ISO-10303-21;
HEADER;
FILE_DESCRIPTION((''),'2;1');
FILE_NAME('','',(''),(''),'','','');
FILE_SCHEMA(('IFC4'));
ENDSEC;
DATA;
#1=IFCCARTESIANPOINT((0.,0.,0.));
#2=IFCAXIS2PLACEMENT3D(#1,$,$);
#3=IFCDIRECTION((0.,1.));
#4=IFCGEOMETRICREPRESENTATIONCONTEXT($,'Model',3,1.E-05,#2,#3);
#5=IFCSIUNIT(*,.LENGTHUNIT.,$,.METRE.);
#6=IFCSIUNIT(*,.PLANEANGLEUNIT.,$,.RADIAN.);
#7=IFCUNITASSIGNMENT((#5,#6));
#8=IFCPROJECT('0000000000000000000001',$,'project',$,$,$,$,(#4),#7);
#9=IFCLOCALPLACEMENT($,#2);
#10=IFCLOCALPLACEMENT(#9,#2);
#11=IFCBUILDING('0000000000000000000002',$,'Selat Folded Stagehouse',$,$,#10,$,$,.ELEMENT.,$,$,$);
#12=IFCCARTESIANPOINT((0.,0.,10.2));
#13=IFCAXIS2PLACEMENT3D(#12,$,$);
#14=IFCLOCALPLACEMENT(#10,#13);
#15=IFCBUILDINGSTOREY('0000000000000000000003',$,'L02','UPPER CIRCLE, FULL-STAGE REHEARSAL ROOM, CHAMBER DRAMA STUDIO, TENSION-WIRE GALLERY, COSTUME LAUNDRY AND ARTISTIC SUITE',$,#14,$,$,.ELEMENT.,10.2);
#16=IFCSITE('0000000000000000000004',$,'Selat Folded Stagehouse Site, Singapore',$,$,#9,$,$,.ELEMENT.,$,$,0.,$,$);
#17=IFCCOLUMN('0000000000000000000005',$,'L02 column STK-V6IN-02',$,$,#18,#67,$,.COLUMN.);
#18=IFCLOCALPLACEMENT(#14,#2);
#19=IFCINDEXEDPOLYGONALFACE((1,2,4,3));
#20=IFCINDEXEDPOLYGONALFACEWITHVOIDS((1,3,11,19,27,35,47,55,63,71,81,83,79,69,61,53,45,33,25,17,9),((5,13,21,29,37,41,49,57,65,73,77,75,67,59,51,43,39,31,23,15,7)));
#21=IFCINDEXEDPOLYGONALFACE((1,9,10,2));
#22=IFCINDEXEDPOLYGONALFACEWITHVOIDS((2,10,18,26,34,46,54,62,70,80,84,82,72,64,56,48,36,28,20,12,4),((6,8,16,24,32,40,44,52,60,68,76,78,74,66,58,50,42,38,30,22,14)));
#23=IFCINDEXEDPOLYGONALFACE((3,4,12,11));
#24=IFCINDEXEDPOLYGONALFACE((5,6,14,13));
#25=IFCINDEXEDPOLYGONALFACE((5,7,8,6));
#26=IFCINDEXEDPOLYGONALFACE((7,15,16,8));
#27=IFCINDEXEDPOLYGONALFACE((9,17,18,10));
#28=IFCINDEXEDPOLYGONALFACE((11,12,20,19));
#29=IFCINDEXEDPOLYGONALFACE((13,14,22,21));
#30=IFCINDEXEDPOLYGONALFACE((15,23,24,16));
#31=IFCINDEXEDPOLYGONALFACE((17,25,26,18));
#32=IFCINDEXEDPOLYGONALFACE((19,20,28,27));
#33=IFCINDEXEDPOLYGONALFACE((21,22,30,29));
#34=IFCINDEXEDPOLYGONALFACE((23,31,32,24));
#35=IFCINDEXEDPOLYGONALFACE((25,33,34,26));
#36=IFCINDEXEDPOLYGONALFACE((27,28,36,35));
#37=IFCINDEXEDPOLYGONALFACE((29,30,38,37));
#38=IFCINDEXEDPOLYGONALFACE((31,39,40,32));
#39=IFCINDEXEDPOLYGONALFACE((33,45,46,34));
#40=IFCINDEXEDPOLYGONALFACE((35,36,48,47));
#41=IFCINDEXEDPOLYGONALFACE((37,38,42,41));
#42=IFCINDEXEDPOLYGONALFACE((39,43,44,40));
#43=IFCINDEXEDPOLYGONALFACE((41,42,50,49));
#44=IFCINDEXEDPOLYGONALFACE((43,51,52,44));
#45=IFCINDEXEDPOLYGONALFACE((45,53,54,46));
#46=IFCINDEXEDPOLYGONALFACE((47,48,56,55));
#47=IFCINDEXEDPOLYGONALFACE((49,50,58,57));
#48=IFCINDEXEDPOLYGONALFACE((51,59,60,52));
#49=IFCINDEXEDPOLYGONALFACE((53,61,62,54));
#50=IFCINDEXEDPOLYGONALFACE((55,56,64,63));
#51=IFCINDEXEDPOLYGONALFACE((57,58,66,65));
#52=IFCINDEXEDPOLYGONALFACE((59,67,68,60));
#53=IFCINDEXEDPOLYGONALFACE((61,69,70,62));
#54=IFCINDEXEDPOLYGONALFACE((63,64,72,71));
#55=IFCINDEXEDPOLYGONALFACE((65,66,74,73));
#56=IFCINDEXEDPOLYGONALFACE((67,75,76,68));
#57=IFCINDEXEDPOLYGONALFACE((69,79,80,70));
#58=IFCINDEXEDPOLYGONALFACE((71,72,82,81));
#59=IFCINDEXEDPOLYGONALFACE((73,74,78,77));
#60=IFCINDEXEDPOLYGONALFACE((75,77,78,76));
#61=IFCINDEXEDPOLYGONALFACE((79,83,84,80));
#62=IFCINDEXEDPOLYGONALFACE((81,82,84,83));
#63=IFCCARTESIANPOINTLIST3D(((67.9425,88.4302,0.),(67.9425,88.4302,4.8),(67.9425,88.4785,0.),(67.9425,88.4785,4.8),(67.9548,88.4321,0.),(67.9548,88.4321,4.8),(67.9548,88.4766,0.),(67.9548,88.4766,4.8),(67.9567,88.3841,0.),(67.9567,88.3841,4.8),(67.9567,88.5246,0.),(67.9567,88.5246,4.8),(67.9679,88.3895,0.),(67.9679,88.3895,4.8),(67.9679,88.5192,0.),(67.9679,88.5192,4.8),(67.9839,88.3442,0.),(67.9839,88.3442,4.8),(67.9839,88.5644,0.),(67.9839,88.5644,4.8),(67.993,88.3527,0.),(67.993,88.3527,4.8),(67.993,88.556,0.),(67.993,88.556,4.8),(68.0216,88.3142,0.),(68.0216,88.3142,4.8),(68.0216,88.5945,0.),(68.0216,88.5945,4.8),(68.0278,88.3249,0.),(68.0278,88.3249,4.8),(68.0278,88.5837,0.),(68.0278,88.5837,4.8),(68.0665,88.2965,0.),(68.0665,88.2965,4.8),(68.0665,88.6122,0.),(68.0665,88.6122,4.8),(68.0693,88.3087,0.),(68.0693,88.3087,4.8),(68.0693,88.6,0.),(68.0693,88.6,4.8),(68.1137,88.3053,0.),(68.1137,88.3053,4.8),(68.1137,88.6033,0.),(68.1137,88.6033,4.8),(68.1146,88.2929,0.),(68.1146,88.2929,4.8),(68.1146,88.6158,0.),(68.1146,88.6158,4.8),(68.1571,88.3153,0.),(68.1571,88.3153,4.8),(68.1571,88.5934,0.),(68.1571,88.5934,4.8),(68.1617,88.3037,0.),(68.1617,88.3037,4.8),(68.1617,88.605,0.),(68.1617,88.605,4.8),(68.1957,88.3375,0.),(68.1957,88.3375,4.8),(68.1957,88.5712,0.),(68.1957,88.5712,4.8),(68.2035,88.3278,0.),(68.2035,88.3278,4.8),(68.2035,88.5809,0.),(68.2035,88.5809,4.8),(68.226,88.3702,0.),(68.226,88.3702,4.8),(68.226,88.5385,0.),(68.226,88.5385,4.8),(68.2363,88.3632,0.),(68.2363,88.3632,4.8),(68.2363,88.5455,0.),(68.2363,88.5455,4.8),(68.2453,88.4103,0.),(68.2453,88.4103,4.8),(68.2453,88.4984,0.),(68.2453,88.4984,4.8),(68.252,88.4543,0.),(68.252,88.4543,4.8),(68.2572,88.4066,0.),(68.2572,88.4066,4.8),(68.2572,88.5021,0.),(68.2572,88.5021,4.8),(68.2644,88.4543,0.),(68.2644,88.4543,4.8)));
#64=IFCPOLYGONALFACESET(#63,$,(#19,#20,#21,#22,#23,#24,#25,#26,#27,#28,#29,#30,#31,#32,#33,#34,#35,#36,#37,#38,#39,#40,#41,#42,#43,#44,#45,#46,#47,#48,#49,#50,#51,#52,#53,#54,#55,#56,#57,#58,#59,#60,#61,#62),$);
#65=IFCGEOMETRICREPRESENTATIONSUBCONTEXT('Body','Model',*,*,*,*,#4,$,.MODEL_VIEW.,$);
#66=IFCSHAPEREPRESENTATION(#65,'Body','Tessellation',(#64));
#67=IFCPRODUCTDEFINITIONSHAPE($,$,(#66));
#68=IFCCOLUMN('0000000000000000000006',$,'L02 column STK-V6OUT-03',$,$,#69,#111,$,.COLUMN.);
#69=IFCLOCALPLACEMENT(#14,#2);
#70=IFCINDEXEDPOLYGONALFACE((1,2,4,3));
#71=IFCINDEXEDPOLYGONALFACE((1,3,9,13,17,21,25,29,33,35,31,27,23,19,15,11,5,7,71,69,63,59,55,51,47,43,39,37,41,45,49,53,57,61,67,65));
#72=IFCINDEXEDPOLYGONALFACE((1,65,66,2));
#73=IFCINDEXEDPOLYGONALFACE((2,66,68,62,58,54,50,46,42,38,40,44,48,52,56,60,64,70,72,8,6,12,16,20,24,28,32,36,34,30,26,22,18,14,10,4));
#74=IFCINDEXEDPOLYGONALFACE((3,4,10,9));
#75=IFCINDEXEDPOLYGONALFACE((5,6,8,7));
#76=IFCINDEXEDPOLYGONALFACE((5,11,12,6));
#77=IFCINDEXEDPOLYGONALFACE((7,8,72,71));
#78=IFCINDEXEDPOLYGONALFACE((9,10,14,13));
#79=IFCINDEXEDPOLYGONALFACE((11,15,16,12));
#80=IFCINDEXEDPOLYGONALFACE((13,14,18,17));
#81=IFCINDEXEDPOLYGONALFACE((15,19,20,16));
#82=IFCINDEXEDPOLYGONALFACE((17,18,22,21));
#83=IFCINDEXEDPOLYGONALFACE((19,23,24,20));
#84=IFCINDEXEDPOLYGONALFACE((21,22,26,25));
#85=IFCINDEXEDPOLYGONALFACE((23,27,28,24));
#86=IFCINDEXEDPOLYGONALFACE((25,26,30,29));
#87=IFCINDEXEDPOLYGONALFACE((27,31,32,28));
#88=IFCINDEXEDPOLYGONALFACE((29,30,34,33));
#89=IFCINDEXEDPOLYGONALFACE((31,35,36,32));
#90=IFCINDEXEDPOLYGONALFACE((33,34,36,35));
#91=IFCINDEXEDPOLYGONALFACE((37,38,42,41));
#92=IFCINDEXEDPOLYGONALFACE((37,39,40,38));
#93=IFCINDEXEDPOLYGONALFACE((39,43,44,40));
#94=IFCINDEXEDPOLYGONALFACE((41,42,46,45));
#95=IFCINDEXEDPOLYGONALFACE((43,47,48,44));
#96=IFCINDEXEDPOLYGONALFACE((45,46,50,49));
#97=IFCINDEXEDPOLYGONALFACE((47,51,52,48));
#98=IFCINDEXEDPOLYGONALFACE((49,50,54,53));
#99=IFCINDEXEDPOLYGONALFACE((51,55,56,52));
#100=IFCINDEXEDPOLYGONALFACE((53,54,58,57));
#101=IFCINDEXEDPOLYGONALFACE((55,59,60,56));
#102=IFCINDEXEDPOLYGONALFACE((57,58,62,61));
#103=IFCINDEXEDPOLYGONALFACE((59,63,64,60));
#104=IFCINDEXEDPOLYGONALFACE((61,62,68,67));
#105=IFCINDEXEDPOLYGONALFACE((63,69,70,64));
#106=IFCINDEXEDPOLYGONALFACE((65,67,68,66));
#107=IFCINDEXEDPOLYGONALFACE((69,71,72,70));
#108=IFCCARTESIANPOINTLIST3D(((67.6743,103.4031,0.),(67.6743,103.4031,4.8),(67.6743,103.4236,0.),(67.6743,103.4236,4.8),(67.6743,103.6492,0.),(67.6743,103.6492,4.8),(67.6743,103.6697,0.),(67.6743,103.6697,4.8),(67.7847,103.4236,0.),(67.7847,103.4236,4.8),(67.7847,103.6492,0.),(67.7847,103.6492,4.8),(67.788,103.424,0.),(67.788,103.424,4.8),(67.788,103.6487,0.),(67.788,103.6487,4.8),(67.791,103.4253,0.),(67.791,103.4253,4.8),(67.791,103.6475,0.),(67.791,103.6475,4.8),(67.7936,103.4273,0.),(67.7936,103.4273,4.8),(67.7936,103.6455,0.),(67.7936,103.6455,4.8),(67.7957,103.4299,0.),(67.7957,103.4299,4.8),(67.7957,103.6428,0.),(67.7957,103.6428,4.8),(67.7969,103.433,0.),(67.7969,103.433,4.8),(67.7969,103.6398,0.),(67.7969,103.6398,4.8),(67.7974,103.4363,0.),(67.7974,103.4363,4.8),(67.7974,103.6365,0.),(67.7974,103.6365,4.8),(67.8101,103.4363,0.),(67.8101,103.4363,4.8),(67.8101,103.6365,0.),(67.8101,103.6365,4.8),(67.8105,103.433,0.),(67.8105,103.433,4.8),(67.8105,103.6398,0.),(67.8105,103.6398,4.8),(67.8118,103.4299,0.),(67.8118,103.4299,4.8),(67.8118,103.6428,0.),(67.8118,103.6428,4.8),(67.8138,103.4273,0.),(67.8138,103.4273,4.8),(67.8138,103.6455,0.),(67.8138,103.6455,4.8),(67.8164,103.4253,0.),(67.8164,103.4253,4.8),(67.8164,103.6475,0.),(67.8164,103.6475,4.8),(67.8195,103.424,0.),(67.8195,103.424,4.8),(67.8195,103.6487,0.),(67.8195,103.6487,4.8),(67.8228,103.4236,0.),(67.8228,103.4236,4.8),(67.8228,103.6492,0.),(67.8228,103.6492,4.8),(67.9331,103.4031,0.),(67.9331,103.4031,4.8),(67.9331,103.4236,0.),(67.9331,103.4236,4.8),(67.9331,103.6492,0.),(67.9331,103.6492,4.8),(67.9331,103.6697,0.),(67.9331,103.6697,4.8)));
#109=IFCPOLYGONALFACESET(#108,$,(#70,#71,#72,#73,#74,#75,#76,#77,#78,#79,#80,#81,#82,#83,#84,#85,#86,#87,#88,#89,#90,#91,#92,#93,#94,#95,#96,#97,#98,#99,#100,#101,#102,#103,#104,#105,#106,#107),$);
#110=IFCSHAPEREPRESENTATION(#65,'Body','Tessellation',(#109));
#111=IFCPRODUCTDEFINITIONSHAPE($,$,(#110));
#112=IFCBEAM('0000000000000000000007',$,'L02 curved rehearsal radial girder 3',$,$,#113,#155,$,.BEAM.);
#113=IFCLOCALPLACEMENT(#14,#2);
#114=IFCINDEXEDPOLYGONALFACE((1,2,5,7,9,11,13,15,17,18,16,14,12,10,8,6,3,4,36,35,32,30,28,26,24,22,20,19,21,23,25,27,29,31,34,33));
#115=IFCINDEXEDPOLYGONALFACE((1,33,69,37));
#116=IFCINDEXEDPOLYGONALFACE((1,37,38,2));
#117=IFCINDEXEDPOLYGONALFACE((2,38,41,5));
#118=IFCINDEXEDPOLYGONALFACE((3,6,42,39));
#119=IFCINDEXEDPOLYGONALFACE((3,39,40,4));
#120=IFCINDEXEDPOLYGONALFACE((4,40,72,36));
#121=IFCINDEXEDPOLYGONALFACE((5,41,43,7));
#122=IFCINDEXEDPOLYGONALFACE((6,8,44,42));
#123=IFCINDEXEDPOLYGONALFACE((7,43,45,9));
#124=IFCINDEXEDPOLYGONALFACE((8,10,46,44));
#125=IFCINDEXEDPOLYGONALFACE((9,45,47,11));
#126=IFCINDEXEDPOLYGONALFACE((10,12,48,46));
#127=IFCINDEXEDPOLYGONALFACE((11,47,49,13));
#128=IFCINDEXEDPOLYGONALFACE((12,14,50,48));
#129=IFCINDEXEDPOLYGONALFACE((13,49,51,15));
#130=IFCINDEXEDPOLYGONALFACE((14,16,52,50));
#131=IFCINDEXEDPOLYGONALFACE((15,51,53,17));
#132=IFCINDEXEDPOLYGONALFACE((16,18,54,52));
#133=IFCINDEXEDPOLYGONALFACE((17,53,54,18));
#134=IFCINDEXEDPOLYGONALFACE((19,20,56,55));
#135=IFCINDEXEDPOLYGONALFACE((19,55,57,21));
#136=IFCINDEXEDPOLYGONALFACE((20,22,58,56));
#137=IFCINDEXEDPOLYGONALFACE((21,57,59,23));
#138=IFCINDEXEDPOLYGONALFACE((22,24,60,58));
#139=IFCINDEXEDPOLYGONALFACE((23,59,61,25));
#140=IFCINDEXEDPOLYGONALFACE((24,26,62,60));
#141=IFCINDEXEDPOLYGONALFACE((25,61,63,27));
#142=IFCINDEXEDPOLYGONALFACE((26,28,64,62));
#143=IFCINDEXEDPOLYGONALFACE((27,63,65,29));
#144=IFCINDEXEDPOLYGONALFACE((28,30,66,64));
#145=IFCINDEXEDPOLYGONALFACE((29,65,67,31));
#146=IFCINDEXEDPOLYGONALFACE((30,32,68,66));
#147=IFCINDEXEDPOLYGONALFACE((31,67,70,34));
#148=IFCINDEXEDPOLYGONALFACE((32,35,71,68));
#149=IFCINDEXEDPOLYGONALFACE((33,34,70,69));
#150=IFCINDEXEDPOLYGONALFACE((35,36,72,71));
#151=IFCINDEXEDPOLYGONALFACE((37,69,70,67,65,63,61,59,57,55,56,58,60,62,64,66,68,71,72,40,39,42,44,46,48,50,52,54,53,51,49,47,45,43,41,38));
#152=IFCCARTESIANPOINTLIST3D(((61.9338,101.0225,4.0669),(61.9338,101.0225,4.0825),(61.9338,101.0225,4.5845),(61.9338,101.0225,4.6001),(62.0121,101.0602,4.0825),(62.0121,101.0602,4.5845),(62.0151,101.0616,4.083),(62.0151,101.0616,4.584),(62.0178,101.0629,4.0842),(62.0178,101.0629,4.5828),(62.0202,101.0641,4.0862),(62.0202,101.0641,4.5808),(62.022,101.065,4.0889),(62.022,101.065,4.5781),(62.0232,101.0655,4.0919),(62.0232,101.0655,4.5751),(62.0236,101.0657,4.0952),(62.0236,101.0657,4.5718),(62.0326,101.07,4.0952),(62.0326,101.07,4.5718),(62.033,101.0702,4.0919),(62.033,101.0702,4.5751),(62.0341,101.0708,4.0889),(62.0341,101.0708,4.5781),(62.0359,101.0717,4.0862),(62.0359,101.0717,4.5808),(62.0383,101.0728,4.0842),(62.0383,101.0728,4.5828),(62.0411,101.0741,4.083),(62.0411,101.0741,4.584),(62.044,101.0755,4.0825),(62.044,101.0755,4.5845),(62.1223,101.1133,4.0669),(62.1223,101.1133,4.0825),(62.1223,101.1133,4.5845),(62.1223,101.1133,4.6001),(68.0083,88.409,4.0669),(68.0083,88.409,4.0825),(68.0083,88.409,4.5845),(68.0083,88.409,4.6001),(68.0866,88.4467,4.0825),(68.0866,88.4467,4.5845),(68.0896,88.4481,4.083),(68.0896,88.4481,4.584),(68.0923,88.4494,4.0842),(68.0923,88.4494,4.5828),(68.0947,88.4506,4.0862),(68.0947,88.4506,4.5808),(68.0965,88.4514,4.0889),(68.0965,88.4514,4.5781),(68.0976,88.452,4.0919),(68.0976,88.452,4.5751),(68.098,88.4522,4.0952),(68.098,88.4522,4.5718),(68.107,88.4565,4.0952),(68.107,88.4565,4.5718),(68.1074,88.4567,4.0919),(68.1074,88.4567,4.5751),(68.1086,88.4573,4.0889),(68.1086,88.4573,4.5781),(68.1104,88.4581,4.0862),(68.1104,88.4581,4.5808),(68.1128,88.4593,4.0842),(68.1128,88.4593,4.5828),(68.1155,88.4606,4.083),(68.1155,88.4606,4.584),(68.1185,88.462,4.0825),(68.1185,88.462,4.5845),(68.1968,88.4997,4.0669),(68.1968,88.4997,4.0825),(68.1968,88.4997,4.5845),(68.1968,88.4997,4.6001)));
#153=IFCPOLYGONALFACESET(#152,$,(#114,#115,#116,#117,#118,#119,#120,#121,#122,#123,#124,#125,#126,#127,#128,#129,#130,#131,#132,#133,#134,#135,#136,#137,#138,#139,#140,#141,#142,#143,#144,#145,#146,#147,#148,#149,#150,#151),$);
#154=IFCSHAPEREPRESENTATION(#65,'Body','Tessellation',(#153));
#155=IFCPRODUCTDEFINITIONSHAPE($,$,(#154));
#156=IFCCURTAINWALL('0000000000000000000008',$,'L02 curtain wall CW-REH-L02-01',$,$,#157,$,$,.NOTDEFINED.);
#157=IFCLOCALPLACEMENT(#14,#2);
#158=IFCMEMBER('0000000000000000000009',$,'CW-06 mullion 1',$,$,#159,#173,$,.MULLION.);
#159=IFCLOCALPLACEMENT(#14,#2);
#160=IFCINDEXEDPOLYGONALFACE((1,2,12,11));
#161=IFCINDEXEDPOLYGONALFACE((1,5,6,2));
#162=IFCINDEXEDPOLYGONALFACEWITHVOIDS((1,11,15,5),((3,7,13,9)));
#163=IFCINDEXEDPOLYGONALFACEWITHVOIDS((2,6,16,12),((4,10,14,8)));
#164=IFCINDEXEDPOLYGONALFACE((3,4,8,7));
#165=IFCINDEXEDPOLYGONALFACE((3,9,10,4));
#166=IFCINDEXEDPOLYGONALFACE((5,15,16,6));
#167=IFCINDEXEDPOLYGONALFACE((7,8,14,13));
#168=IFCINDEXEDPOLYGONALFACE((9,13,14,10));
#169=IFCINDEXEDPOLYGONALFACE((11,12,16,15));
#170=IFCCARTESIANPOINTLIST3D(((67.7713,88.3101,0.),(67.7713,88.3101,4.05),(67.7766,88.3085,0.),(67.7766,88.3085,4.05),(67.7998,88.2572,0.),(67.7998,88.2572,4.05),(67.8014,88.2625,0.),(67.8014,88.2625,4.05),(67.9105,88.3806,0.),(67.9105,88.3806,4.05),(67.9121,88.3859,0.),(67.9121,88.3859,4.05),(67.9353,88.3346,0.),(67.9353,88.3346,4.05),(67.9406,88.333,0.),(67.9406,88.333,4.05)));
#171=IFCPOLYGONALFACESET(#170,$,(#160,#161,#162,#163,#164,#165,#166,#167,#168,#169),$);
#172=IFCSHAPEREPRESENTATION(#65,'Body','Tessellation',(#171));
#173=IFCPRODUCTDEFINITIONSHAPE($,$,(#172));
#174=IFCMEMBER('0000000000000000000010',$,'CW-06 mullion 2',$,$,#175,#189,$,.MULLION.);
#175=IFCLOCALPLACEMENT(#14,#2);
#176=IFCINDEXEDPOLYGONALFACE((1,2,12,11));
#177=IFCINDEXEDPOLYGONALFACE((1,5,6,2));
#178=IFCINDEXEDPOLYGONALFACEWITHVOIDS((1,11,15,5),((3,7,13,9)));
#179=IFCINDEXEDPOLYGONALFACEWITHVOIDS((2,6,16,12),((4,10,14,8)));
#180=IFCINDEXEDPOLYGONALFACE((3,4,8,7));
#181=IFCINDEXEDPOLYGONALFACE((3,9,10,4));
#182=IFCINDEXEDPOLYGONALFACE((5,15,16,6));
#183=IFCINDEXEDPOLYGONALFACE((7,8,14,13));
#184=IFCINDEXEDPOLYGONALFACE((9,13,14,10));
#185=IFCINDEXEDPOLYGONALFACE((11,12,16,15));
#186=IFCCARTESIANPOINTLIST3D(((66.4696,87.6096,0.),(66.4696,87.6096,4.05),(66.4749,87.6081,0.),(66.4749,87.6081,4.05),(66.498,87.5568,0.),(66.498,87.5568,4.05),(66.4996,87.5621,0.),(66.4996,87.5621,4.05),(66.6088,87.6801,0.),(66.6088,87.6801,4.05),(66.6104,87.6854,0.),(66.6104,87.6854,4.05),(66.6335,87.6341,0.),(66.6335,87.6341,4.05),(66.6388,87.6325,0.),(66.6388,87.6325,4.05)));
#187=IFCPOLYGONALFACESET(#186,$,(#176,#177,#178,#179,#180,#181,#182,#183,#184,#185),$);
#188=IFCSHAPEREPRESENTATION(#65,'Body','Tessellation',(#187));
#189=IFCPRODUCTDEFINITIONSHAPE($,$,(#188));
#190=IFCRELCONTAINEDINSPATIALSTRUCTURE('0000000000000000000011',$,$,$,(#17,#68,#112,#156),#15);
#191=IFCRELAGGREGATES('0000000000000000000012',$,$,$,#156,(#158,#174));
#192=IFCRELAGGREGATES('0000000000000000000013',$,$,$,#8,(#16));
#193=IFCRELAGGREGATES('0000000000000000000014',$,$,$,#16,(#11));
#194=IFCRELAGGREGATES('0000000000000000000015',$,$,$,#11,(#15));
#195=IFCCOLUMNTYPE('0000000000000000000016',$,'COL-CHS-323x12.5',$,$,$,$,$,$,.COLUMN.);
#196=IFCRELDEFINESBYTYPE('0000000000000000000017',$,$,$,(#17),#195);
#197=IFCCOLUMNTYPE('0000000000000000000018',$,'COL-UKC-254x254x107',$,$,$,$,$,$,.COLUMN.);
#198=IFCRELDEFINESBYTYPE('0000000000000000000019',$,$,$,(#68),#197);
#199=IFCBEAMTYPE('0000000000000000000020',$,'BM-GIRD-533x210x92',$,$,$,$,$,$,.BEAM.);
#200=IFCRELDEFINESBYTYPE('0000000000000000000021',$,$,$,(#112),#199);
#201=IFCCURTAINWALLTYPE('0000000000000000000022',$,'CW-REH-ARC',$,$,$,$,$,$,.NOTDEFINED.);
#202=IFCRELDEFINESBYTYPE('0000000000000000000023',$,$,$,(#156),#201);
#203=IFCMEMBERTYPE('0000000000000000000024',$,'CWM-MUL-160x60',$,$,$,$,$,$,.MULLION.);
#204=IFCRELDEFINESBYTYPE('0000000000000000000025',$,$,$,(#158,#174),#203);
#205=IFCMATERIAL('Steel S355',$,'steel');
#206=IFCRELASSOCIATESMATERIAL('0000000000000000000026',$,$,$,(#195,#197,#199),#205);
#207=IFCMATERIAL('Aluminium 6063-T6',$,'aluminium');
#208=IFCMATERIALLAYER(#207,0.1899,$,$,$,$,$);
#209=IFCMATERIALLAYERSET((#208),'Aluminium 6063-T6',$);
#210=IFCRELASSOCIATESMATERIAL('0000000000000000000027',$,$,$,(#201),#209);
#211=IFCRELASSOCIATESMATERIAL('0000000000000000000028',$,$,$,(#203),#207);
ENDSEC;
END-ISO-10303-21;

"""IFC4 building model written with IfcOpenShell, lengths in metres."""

from ifc_helpers import new_model, si_unit, direction, frame, origin, origin_2d, place, context, subcontext, project, spatial, hollow_rectangle, hollow_circle, i_section, extrude, material, layer, layer_set, material_profile, profile_set, type_object, element, aggregate, save


model = new_model("IFC4")

# Units and contexts
model_context = context("Model", 3, precision=1e-05, world=origin(), true_north=direction((0.0, 1.0)))
body_context = subcontext(model_context, "Body", "Model", "MODEL_VIEW")
ifc_project = project(units=[si_unit("LENGTHUNIT", "METRE"), si_unit("PLANEANGLEUNIT", "RADIAN")], contexts=[model_context])

# Site, building, storey
site_placement = place(None, origin())
site = spatial("IfcSite", under=ifc_project, at=site_placement, Name="Selat Folded Stagehouse Site, Singapore", CompositionType="ELEMENT", RefElevation=0.0)
building_placement = place(site_placement, origin())
building = spatial("IfcBuilding", under=site, at=building_placement, Name="Selat Folded Stagehouse", CompositionType="ELEMENT")
storey_placement = place(building_placement, frame((0.0, 0.0, 10.2)))
storey = spatial("IfcBuildingStorey", under=building, at=storey_placement, Name="L02", Description="UPPER CIRCLE, FULL-STAGE REHEARSAL ROOM, CHAMBER DRAMA STUDIO, TENSION-WIRE GALLERY, COSTUME LAUNDRY AND ARTISTIC SUITE", CompositionType="ELEMENT", Elevation=10.2)

# Columns
ifc_material_1 = material(Name="Steel S355", Category="steel")
ifc_material_profile_1 = material_profile(ifc_material_1, hollow_circle(Radius=0.1619, WallThickness=0.0125, at=origin_2d()), Name="CHS 323.9x12.5")
ifc_profile_set_1 = profile_set([ifc_material_profile_1], Name="Steel S355")
column_type_1 = type_object("IfcColumnType", Name="COL-CHS-323x12.5", PredefinedType="COLUMN", material=ifc_profile_set_1)
column_1_placement = place(storey_placement, frame((68.1025, 88.4543, 0.0), z_axis=(0.0, 0.0, 1.0), x_axis=(1.0, 0.0, 0.0)))
element("IfcColumn", 1, at=column_1_placement, inside=storey, type_object=column_type_1, Name="L02 column STK-V6IN-02", PredefinedType="COLUMN", context=body_context, shape_type="SweptSolid", body=[
    extrude(hollow_circle(Radius=0.1619, WallThickness=0.0125, at=origin_2d()), origin(), (0.0, 0.0, 1.0), 4.8),
])
ifc_material_profile_2 = material_profile(ifc_material_1, i_section(OverallWidth=0.2588, OverallDepth=0.2666, WebThickness=0.0127, FlangeThickness=0.0205, FilletRadius=0.0127, at=origin_2d()), Name="UKC 254x254x107")
ifc_profile_set_2 = profile_set([ifc_material_profile_2], Name="Steel S355")
column_type_2 = type_object("IfcColumnType", Name="COL-UKC-254x254x107", PredefinedType="COLUMN", material=ifc_profile_set_2)
column_2_placement = place(storey_placement, frame((67.8037, 103.5364, 0.0), z_axis=(0.0, 0.0, 1.0), x_axis=(1.0, 0.0, 0.0)))
element("IfcColumn", 2, at=column_2_placement, inside=storey, type_object=column_type_2, Name="L02 column STK-V6OUT-03", PredefinedType="COLUMN", context=body_context, shape_type="SweptSolid", body=[
    extrude(i_section(OverallWidth=0.2588, OverallDepth=0.2666, WebThickness=0.0127, FlangeThickness=0.0205, FilletRadius=0.0127, at=origin_2d()), origin(), (0.0, 0.0, 1.0), 4.8),
])

# Beam
ifc_material_profile_3 = material_profile(ifc_material_1, i_section(OverallWidth=0.2092, OverallDepth=0.5332, WebThickness=0.01, FlangeThickness=0.0156, FilletRadius=0.0127, at=origin_2d()), Name="UKB 533x210x92")
ifc_profile_set_3 = profile_set([ifc_material_profile_3], Name="Steel S355")
beam_type_1 = type_object("IfcBeamType", Name="BM-GIRD-533x210x92", PredefinedType="BEAM", material=ifc_profile_set_3)
beam_1_placement = place(storey_placement, frame((68.1025, 88.4543, 4.3335), z_axis=(-0.43389, 0.900966, 0.0), x_axis=(-0.900966, -0.43389, 0.0)))
element("IfcBeam", 3, at=beam_1_placement, inside=storey, type_object=beam_type_1, Name="L02 curved rehearsal radial girder 3", PredefinedType="BEAM", context=body_context, shape_type="SweptSolid", body=[
    extrude(i_section(OverallWidth=0.2092, OverallDepth=0.5332, WebThickness=0.01, FlangeThickness=0.0156, FilletRadius=0.0127, at=origin_2d()), origin(), (0.0, 0.0, 1.0), 14.0),
])

# Curtain wall, members
ifc_material_2 = material(Name="Aluminium 6063-T6", Category="aluminium")
ifc_layer_1 = layer(ifc_material_2, 0.1899)
ifc_layer_set_1 = layer_set([ifc_layer_1], Name="Aluminium 6063-T6")
curtain_wall_type = type_object("IfcCurtainWallType", Name="CW-REH-ARC", PredefinedType="NOTDEFINED", material=ifc_layer_set_1)
curtain_wall_1_placement = place(storey_placement, origin())
curtain_wall_1 = element("IfcCurtainWall", 4, at=curtain_wall_1_placement, inside=storey, type_object=curtain_wall_type, Name="L02 curtain wall CW-REH-L02-01", PredefinedType="NOTDEFINED")
ifc_material_profile_4 = material_profile(ifc_material_2, hollow_rectangle(XDim=0.0601, YDim=0.1599, WallThickness=0.0039, at=origin_2d()), Name="ALU 160x60x4.0")
ifc_profile_set_4 = profile_set([ifc_material_profile_4], Name="Aluminium 6063-T6")
member_type_1 = type_object("IfcMemberType", Name="CWM-MUL-160x60", PredefinedType="MULLION", material=ifc_profile_set_4)
member_1_placement = place(storey_placement, frame((67.856, 88.3215, 0.0), z_axis=(0.0, 0.0, 1.0), x_axis=(0.473859, -0.880601, 0.0)))
member_1 = element("IfcMember", 5, at=member_1_placement, type_object=member_type_1, Name="CW-06 mullion 1", PredefinedType="MULLION", context=body_context, shape_type="SweptSolid", body=[
    extrude(hollow_rectangle(XDim=0.0601, YDim=0.1599, WallThickness=0.0039, at=origin_2d()), origin(), (0.0, 0.0, 1.0), 4.05),
])
member_2_placement = place(storey_placement, frame((66.5542, 87.6211, 0.0), z_axis=(0.0, 0.0, 1.0), x_axis=(0.473859, -0.880601, 0.0)))
member_2 = element("IfcMember", 6, at=member_2_placement, type_object=member_type_1, Name="CW-06 mullion 2", PredefinedType="MULLION", context=body_context, shape_type="SweptSolid", body=[
    extrude(hollow_rectangle(XDim=0.0601, YDim=0.1599, WallThickness=0.0039, at=origin_2d()), origin(), (0.0, 0.0, 1.0), 4.05),
])

aggregate(curtain_wall_1, [member_1, member_2])

save(model, "model.ifc")
